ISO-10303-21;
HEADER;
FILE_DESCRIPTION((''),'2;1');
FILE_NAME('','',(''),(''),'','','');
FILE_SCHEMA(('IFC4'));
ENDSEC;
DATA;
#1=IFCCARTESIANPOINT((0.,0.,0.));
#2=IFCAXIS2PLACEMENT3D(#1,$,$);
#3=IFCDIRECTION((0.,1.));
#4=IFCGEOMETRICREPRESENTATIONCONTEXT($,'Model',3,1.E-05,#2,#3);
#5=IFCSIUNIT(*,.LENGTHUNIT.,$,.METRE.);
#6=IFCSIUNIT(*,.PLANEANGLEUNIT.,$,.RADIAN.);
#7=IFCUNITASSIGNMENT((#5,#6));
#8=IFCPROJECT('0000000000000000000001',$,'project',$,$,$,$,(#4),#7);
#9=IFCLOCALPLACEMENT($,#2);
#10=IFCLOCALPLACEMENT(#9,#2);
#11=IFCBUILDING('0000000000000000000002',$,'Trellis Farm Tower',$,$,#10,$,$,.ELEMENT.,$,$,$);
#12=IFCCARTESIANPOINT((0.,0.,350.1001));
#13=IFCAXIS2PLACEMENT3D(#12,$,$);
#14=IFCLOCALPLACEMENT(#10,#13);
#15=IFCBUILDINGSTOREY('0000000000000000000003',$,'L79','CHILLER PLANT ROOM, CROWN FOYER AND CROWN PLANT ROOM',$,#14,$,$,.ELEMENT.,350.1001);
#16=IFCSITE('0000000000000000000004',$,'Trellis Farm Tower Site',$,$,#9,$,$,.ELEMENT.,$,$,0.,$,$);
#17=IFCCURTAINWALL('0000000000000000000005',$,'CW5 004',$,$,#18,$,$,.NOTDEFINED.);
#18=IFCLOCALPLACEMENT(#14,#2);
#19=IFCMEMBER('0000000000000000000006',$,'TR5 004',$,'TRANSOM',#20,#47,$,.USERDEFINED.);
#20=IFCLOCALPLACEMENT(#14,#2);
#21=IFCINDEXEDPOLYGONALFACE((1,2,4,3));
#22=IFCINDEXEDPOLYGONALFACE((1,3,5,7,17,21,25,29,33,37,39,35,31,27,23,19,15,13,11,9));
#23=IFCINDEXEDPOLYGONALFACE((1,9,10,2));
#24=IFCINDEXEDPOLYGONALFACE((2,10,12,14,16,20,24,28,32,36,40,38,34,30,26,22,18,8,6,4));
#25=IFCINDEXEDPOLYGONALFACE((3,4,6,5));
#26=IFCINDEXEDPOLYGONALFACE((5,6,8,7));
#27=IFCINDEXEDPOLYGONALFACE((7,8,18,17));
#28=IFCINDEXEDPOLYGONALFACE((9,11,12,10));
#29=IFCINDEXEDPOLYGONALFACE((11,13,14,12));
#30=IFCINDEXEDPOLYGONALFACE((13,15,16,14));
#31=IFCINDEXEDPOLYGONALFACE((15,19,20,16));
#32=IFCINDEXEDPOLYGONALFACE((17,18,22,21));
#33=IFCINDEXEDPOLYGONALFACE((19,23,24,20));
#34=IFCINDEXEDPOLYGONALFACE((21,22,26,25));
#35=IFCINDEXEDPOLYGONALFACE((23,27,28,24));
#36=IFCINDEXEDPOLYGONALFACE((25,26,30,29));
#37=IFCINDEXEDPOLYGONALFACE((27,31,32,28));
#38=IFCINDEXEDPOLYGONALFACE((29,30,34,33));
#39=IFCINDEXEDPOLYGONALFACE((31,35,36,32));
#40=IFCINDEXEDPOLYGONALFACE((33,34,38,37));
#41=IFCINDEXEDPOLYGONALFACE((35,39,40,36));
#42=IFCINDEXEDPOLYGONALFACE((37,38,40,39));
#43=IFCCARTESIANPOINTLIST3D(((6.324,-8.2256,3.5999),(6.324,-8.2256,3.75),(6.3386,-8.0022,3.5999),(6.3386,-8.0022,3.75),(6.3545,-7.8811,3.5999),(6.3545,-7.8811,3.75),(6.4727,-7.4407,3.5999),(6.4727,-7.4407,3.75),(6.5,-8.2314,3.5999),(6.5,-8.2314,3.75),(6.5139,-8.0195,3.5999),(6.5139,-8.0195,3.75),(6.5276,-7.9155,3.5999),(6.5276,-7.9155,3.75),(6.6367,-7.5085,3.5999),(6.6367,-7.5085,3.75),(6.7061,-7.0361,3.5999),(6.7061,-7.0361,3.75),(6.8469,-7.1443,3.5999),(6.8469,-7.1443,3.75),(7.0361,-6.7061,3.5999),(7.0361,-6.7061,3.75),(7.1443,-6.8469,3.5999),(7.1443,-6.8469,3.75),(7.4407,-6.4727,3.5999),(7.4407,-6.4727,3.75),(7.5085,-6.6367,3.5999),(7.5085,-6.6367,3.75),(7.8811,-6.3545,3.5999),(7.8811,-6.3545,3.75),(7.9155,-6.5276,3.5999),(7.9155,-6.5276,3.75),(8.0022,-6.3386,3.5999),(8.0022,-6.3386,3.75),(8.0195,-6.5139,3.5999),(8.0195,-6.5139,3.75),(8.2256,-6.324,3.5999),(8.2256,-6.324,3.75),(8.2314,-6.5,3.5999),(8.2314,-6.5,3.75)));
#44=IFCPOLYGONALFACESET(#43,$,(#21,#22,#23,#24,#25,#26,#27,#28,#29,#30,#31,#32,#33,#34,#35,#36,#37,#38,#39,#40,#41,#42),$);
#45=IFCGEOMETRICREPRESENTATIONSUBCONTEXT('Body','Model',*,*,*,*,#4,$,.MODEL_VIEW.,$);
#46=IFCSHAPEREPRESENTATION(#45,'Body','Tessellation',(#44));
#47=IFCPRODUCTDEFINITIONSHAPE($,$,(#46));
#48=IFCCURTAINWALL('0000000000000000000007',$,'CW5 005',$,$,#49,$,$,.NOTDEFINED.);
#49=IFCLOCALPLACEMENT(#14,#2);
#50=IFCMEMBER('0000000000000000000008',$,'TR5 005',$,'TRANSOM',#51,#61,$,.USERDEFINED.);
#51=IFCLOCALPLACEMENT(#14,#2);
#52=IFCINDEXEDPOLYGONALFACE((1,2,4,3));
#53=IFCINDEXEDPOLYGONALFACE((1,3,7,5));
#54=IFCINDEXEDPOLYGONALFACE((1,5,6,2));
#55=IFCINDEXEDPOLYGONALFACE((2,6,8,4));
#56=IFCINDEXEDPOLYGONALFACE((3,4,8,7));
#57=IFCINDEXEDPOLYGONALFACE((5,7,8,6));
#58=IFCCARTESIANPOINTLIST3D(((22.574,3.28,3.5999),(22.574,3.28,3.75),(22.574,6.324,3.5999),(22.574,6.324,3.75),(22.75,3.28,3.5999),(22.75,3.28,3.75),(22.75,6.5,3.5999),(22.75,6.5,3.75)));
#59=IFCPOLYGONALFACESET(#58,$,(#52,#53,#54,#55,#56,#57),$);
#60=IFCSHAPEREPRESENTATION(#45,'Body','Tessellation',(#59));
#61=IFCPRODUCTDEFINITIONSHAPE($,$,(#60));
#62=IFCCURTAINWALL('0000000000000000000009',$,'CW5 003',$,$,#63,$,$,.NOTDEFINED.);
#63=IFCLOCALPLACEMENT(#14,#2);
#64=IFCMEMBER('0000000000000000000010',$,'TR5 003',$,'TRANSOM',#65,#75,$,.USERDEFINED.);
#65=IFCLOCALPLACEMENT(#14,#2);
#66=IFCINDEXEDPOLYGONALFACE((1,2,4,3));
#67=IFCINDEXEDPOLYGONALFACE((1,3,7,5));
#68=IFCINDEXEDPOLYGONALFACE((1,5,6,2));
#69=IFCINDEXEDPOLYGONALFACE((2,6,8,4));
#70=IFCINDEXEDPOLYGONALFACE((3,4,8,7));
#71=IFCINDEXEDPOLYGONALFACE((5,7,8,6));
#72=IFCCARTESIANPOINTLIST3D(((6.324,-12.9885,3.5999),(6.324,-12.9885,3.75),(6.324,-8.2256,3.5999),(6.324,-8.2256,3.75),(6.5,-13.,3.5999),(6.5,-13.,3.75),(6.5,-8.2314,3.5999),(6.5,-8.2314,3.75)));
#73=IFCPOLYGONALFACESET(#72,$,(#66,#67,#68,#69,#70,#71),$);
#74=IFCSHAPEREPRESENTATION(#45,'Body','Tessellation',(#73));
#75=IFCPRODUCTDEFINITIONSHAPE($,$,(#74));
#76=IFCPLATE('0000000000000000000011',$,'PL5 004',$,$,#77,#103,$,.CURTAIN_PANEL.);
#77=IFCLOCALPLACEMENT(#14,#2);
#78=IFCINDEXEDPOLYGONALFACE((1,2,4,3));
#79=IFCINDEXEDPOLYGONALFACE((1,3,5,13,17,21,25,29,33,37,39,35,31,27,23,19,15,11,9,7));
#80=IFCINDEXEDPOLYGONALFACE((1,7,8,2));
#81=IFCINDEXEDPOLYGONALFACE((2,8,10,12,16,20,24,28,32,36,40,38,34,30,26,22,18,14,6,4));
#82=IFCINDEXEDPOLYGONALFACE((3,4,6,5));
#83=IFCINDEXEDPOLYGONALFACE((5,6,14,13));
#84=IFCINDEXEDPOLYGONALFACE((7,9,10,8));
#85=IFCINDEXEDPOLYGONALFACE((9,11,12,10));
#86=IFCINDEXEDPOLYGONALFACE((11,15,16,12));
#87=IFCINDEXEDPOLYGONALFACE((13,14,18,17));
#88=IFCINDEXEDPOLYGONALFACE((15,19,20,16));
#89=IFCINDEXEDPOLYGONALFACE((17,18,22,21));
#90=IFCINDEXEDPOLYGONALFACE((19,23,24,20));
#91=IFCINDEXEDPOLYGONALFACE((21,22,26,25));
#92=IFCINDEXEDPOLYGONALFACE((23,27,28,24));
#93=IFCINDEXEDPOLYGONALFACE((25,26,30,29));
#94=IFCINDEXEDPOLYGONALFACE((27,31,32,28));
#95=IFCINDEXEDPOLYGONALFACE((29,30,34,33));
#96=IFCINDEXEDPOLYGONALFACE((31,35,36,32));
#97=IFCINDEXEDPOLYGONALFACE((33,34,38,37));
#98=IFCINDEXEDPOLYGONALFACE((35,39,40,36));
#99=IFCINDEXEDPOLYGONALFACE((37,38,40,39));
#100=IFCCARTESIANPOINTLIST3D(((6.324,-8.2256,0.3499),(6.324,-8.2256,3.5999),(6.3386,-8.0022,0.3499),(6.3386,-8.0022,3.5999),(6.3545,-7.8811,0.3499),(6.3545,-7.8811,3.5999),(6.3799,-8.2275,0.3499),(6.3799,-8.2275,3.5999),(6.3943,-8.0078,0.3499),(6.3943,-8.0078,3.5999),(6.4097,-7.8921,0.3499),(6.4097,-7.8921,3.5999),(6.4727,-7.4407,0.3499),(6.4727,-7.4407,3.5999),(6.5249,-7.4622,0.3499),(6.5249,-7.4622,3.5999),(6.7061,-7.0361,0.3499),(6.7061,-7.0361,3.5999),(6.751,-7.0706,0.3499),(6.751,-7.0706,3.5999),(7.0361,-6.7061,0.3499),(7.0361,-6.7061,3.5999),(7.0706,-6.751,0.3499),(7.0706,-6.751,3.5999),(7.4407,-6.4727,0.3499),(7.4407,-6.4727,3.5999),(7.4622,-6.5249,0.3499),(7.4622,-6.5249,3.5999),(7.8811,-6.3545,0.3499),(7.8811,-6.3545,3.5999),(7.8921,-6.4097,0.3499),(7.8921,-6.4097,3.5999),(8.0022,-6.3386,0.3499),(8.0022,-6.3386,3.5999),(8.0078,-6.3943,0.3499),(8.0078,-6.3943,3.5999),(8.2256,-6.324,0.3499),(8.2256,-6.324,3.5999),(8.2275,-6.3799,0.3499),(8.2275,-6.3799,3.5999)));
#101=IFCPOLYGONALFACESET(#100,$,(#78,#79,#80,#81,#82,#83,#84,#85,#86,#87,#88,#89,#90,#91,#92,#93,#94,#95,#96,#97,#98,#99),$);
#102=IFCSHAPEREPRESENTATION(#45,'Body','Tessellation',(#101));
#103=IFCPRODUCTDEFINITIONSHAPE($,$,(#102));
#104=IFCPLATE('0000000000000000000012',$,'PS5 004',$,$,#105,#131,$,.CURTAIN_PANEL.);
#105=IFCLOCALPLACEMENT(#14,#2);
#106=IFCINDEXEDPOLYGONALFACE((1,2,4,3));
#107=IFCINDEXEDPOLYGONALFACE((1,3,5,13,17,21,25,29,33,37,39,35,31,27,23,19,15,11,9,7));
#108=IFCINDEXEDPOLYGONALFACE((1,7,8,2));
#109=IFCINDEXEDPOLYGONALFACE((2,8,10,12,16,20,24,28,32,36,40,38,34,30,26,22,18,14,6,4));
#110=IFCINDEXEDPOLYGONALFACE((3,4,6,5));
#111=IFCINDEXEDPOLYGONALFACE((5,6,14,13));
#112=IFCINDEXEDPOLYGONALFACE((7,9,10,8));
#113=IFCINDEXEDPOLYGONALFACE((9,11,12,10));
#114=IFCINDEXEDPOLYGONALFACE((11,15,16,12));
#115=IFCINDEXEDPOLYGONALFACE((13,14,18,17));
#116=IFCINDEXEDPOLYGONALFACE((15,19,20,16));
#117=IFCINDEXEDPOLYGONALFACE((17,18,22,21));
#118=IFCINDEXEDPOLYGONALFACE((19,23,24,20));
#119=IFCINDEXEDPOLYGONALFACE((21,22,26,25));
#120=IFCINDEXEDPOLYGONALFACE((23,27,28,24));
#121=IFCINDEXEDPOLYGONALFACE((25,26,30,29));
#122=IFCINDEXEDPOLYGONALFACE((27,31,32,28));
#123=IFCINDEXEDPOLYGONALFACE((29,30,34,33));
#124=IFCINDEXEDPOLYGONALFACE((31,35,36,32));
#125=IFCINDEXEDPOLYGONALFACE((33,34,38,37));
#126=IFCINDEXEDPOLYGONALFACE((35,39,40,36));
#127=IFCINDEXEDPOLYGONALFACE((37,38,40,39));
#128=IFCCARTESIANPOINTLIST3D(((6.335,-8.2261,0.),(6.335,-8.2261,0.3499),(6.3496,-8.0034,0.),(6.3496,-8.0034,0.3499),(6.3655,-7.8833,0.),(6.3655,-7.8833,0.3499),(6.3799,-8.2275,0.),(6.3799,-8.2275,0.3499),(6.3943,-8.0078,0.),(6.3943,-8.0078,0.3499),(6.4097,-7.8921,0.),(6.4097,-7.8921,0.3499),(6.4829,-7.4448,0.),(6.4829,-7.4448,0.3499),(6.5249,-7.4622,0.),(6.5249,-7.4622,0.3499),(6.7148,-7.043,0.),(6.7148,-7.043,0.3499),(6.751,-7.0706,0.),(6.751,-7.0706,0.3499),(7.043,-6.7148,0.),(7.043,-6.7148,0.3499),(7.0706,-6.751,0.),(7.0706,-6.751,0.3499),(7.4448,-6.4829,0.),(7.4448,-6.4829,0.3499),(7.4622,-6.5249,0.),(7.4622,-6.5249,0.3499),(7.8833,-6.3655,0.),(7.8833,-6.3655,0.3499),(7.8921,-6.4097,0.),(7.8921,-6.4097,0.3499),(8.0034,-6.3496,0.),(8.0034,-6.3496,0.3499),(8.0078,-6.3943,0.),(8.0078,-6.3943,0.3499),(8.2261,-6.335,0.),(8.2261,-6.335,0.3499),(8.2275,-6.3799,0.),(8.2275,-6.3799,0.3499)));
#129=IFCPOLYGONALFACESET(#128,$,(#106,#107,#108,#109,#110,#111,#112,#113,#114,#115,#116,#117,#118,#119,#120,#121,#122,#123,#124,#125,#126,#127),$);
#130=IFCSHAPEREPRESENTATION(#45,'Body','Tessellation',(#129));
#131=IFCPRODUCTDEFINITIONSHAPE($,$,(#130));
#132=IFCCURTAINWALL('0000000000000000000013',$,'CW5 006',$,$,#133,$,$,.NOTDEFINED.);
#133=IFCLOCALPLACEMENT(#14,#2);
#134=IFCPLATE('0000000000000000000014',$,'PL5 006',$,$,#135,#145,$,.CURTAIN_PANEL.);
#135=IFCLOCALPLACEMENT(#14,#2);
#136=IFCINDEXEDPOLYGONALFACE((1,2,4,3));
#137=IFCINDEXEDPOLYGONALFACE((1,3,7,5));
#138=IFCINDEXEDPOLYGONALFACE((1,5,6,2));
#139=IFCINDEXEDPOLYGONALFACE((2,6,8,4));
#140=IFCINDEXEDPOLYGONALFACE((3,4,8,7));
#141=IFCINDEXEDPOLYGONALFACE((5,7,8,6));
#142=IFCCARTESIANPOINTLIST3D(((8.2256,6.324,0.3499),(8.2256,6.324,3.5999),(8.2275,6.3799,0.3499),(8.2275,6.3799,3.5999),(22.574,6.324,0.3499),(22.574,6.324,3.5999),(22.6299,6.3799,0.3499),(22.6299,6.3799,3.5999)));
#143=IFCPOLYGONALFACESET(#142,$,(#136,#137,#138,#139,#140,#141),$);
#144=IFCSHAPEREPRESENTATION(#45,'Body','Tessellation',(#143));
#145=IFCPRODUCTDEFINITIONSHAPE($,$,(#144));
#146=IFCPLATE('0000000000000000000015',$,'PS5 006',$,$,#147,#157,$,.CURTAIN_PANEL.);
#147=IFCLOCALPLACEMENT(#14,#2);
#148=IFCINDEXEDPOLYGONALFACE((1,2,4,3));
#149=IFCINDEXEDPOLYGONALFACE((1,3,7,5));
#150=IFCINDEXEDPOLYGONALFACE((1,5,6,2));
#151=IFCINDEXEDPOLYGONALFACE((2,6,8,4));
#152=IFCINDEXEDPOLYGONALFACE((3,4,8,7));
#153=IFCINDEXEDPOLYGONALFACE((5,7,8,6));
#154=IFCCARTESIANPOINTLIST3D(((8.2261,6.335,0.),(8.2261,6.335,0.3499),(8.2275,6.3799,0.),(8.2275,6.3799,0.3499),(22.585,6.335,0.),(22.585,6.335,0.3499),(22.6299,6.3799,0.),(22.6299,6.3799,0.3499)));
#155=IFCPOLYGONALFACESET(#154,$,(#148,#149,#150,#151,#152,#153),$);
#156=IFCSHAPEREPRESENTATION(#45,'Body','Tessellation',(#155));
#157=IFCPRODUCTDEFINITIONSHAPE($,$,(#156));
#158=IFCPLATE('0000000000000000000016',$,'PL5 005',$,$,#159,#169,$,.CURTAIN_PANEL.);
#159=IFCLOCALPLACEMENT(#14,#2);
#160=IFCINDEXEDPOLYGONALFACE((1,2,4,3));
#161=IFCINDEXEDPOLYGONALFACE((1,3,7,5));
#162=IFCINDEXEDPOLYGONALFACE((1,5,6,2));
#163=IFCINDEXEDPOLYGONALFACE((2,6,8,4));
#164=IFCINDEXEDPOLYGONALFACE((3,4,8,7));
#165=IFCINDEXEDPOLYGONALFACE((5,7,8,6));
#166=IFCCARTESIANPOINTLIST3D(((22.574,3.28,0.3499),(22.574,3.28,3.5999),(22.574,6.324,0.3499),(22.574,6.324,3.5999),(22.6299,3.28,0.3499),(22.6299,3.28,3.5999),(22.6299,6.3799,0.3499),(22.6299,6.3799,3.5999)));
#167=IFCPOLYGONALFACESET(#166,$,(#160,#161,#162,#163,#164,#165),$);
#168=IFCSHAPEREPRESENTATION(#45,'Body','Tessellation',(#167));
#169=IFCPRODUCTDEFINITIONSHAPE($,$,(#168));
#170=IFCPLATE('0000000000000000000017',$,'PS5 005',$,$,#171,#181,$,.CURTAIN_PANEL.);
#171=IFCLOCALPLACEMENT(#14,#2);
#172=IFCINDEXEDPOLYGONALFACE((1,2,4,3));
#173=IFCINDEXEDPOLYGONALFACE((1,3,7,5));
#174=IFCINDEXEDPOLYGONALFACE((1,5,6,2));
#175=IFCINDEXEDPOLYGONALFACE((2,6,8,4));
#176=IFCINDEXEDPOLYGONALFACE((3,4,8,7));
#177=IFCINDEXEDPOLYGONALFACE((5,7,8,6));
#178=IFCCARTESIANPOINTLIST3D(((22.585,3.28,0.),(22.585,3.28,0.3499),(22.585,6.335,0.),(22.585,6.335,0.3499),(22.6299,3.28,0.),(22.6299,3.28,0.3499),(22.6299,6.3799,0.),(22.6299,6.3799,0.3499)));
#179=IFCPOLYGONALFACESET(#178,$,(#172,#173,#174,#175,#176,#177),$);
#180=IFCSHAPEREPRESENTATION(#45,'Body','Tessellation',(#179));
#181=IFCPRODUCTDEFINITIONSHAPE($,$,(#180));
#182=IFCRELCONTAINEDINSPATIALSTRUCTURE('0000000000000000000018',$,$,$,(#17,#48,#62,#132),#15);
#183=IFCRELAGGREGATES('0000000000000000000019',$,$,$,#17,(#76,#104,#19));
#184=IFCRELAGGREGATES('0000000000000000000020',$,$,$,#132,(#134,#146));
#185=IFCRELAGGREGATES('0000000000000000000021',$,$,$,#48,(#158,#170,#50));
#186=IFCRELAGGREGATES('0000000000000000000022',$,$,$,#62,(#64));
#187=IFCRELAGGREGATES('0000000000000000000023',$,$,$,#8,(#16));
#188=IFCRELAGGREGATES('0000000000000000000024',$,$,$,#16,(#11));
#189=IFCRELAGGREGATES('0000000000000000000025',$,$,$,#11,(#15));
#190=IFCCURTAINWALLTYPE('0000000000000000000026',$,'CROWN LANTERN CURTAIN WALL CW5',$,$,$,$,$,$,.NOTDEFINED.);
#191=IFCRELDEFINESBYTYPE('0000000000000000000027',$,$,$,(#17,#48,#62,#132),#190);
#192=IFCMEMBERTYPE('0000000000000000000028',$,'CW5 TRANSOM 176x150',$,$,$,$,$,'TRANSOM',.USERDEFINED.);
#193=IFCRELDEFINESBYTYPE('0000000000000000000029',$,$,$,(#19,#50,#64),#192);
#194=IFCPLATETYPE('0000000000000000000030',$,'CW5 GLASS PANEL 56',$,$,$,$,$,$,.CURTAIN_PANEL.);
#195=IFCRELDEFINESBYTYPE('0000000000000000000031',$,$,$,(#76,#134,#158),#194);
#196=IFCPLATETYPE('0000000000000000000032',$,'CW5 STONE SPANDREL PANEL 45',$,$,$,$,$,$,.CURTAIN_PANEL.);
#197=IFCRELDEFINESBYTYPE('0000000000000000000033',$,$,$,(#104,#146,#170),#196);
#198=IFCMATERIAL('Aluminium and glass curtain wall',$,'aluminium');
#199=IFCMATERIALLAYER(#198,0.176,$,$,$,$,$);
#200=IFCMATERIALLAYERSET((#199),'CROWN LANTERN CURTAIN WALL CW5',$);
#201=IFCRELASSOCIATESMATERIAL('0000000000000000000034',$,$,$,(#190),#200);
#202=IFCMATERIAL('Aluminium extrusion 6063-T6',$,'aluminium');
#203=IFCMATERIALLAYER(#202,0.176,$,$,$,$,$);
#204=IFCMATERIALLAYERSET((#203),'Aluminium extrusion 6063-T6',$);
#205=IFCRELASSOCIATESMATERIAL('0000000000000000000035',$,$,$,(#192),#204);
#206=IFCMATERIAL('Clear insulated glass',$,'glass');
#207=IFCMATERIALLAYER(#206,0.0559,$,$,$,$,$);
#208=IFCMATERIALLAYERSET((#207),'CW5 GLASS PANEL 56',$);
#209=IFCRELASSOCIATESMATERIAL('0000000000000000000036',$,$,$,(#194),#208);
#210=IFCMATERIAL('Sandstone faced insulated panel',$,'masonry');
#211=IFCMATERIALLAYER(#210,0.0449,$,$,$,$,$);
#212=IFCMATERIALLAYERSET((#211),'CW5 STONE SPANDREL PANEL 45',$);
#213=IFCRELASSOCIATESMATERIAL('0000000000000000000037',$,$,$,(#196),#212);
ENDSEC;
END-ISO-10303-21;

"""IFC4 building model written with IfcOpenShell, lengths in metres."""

from ifc_helpers import new_model, si_unit, direction, frame, origin, place, context, subcontext, project, spatial, polyline, outline, extrude, source, transform, mapped, material, layer, layer_set, type_object, element, aggregate, save


model = new_model("IFC4")

# Units and contexts
model_context = context("Model", 3, precision=1e-05, world=origin(), true_north=direction((0.0, 1.0)))
body_context = subcontext(model_context, "Body", "Model", "MODEL_VIEW")
ifc_project = project(units=[si_unit("LENGTHUNIT", "METRE"), si_unit("PLANEANGLEUNIT", "RADIAN")], contexts=[model_context])

# Site, building, storey
site_placement = place(None, origin())
site = spatial("IfcSite", under=ifc_project, at=site_placement, Name="Trellis Farm Tower Site", CompositionType="ELEMENT", RefElevation=0.0)
building_placement = place(site_placement, origin())
building = spatial("IfcBuilding", under=site, at=building_placement, Name="Trellis Farm Tower", CompositionType="ELEMENT")
storey_placement = place(building_placement, frame((0.0, 0.0, 350.1001)))
storey = spatial("IfcBuildingStorey", under=building, at=storey_placement, Name="L79", Description="CHILLER PLANT ROOM, CROWN FOYER AND CROWN PLANT ROOM", CompositionType="ELEMENT", Elevation=350.1001)

# Curtain walls, members
ifc_material_1 = material(Name="Aluminium and glass curtain wall", Category="aluminium")
ifc_layer_1 = layer(ifc_material_1, 0.176)
ifc_layer_set_1 = layer_set([ifc_layer_1], Name="CROWN LANTERN CURTAIN WALL CW5")
curtain_wall_type = type_object("IfcCurtainWallType", Name="CROWN LANTERN CURTAIN WALL CW5", PredefinedType="NOTDEFINED", material=ifc_layer_set_1)
placement_1 = place(storey_placement, origin())
ifc_material_2 = material(Name="Aluminium extrusion 6063-T6", Category="aluminium")
curtain_wall_1 = element("IfcCurtainWall", 1, at=placement_1, inside=storey, type_object=curtain_wall_type, Name="CW5 004", PredefinedType="NOTDEFINED")
ifc_layer_2 = layer(ifc_material_2, 0.176)
ifc_layer_set_2 = layer_set([ifc_layer_2], Name="Aluminium extrusion 6063-T6")
member_type_1 = type_object("IfcMemberType", Name="CW5 TRANSOM 176x150", ElementType="TRANSOM", PredefinedType="USERDEFINED", material=ifc_layer_set_2)
shared_shape_1 = source(origin(), body_context, "Body", "SweptSolid", [
    extrude(outline(polyline([(6.5, -8.2314), (6.5139, -8.0195), (6.5276, -7.9155), (6.6367, -7.5085), (6.8469, -7.1443), (7.1443, -6.8469), (7.5085, -6.6367), (7.9155, -6.5276), (8.0195, -6.5139), (8.2314, -6.5), (8.2256, -6.324), (8.0022, -6.3386), (7.8811, -6.3545), (7.4407, -6.4727), (7.0361, -6.7061), (6.7061, -7.0361), (6.4727, -7.4407), (6.3545, -7.8811), (6.3386, -8.0022), (6.324, -8.2256), (6.5, -8.2314)])), origin(), (0.0, 0.0, 1.0), 0.1501),
])
placement_2 = place(storey_placement, frame((0.0, 0.0, 3.5999)))
member_1 = element("IfcMember", 2, at=placement_2, type_object=member_type_1, Name="TR5 004", ObjectType="TRANSOM", PredefinedType="USERDEFINED", context=body_context, shape_type="MappedRepresentation", body=[
    mapped(shared_shape_1, transform((0.0, 0.0, 0.0))),
])
curtain_wall_2 = element("IfcCurtainWall", 3, at=placement_1, inside=storey, type_object=curtain_wall_type, Name="CW5 005", PredefinedType="NOTDEFINED")
shared_shape_2 = source(origin(), body_context, "Body", "SweptSolid", [
    extrude(outline(polyline([(22.75, 3.28), (22.75, 6.5), (22.574, 6.324), (22.574, 3.28), (22.75, 3.28)])), origin(), (0.0, 0.0, 1.0), 0.1501),
])
member_2 = element("IfcMember", 4, at=placement_2, type_object=member_type_1, Name="TR5 005", ObjectType="TRANSOM", PredefinedType="USERDEFINED", context=body_context, shape_type="MappedRepresentation", body=[
    mapped(shared_shape_2, transform((0.0, 0.0, 0.0))),
])
curtain_wall_3 = element("IfcCurtainWall", 5, at=placement_1, inside=storey, type_object=curtain_wall_type, Name="CW5 003", PredefinedType="NOTDEFINED")
shared_shape_3 = source(origin(), body_context, "Body", "SweptSolid", [
    extrude(outline(polyline([(6.5, -13.0), (6.5, -8.2314), (6.324, -8.2256), (6.324, -12.9885), (6.5, -13.0)])), origin(), (0.0, 0.0, 1.0), 0.1501),
])
member_3 = element("IfcMember", 6, at=placement_2, type_object=member_type_1, Name="TR5 003", ObjectType="TRANSOM", PredefinedType="USERDEFINED", context=body_context, shape_type="MappedRepresentation", body=[
    mapped(shared_shape_3, transform((0.0, 0.0, 0.0))),
])

# Plates
ifc_material_3 = material(Name="Clear insulated glass", Category="glass")
ifc_layer_3 = layer(ifc_material_3, 0.0559)
ifc_layer_set_3 = layer_set([ifc_layer_3], Name="CW5 GLASS PANEL 56")
plate_type_1 = type_object("IfcPlateType", Name="CW5 GLASS PANEL 56", PredefinedType="CURTAIN_PANEL", material=ifc_layer_set_3)
shared_shape_4 = source(origin(), body_context, "Body", "SweptSolid", [
    extrude(outline(polyline([(6.3799, -8.2275), (6.3943, -8.0078), (6.4097, -7.8921), (6.5249, -7.4622), (6.751, -7.0706), (7.0706, -6.751), (7.4622, -6.5249), (7.8921, -6.4097), (8.0078, -6.3943), (8.2275, -6.3799), (8.2256, -6.324), (8.0022, -6.3386), (7.8811, -6.3545), (7.4407, -6.4727), (7.0361, -6.7061), (6.7061, -7.0361), (6.4727, -7.4407), (6.3545, -7.8811), (6.3386, -8.0022), (6.324, -8.2256), (6.3799, -8.2275)])), origin(), (0.0, 0.0, 1.0), 3.25),
])
placement_3 = place(storey_placement, frame((0.0, 0.0, 0.3499)))
plate_1 = element("IfcPlate", 7, at=placement_3, type_object=plate_type_1, Name="PL5 004", PredefinedType="CURTAIN_PANEL", context=body_context, shape_type="MappedRepresentation", body=[
    mapped(shared_shape_4, transform((0.0, 0.0, 0.0))),
])
ifc_material_4 = material(Name="Sandstone faced insulated panel", Category="masonry")
ifc_layer_4 = layer(ifc_material_4, 0.0449)
ifc_layer_set_4 = layer_set([ifc_layer_4], Name="CW5 STONE SPANDREL PANEL 45")
plate_type_2 = type_object("IfcPlateType", Name="CW5 STONE SPANDREL PANEL 45", PredefinedType="CURTAIN_PANEL", material=ifc_layer_set_4)
shared_shape_5 = source(origin(), body_context, "Body", "SweptSolid", [
    extrude(outline(polyline([(6.3799, -8.2275), (6.3943, -8.0078), (6.4097, -7.8921), (6.5249, -7.4622), (6.751, -7.0706), (7.0706, -6.751), (7.4622, -6.5249), (7.8921, -6.4097), (8.0078, -6.3943), (8.2275, -6.3799), (8.2261, -6.335), (8.0034, -6.3496), (7.8833, -6.3655), (7.4448, -6.4829), (7.043, -6.7148), (6.7148, -7.043), (6.4829, -7.4448), (6.3655, -7.8833), (6.3496, -8.0034), (6.335, -8.2261), (6.3799, -8.2275)])), origin(), (0.0, 0.0, 1.0), 0.3499),
])
plate_2 = element("IfcPlate", 8, at=placement_1, type_object=plate_type_2, Name="PS5 004", PredefinedType="CURTAIN_PANEL", context=body_context, shape_type="MappedRepresentation", body=[
    mapped(shared_shape_5, transform((0.0, 0.0, 0.0))),
])
aggregate(curtain_wall_1, [plate_1, plate_2, member_1])

# Curtain wall, plates
curtain_wall_4 = element("IfcCurtainWall", 9, at=placement_1, inside=storey, type_object=curtain_wall_type, Name="CW5 006", PredefinedType="NOTDEFINED")
shared_shape_6 = source(origin(), body_context, "Body", "SweptSolid", [
    extrude(outline(polyline([(22.6299, 6.3799), (8.2275, 6.3799), (8.2256, 6.324), (22.574, 6.324), (22.6299, 6.3799)])), origin(), (0.0, 0.0, 1.0), 3.25),
])
plate_3 = element("IfcPlate", 10, at=placement_3, type_object=plate_type_1, Name="PL5 006", PredefinedType="CURTAIN_PANEL", context=body_context, shape_type="MappedRepresentation", body=[
    mapped(shared_shape_6, transform((0.0, 0.0, 0.0))),
])
shared_shape_7 = source(origin(), body_context, "Body", "SweptSolid", [
    extrude(outline(polyline([(22.6299, 6.3799), (8.2275, 6.3799), (8.2261, 6.335), (22.585, 6.335), (22.6299, 6.3799)])), origin(), (0.0, 0.0, 1.0), 0.3499),
])
plate_4 = element("IfcPlate", 11, at=placement_1, type_object=plate_type_2, Name="PS5 006", PredefinedType="CURTAIN_PANEL", context=body_context, shape_type="MappedRepresentation", body=[
    mapped(shared_shape_7, transform((0.0, 0.0, 0.0))),
])
aggregate(curtain_wall_4, [plate_3, plate_4])

# Plates
shared_shape_8 = source(origin(), body_context, "Body", "SweptSolid", [
    extrude(outline(polyline([(22.6299, 3.28), (22.6299, 6.3799), (22.574, 6.324), (22.574, 3.28), (22.6299, 3.28)])), origin(), (0.0, 0.0, 1.0), 3.25),
])
plate_5 = element("IfcPlate", 12, at=placement_3, type_object=plate_type_1, Name="PL5 005", PredefinedType="CURTAIN_PANEL", context=body_context, shape_type="MappedRepresentation", body=[
    mapped(shared_shape_8, transform((0.0, 0.0, 0.0))),
])
shared_shape_9 = source(origin(), body_context, "Body", "SweptSolid", [
    extrude(outline(polyline([(22.6299, 3.28), (22.6299, 6.3799), (22.585, 6.335), (22.585, 3.28), (22.6299, 3.28)])), origin(), (0.0, 0.0, 1.0), 0.3499),
])
plate_6 = element("IfcPlate", 13, at=placement_1, type_object=plate_type_2, Name="PS5 005", PredefinedType="CURTAIN_PANEL", context=body_context, shape_type="MappedRepresentation", body=[
    mapped(shared_shape_9, transform((0.0, 0.0, 0.0))),
])
aggregate(curtain_wall_2, [plate_5, plate_6, member_2])
aggregate(curtain_wall_3, [member_3])

save(model, "model.ifc")
